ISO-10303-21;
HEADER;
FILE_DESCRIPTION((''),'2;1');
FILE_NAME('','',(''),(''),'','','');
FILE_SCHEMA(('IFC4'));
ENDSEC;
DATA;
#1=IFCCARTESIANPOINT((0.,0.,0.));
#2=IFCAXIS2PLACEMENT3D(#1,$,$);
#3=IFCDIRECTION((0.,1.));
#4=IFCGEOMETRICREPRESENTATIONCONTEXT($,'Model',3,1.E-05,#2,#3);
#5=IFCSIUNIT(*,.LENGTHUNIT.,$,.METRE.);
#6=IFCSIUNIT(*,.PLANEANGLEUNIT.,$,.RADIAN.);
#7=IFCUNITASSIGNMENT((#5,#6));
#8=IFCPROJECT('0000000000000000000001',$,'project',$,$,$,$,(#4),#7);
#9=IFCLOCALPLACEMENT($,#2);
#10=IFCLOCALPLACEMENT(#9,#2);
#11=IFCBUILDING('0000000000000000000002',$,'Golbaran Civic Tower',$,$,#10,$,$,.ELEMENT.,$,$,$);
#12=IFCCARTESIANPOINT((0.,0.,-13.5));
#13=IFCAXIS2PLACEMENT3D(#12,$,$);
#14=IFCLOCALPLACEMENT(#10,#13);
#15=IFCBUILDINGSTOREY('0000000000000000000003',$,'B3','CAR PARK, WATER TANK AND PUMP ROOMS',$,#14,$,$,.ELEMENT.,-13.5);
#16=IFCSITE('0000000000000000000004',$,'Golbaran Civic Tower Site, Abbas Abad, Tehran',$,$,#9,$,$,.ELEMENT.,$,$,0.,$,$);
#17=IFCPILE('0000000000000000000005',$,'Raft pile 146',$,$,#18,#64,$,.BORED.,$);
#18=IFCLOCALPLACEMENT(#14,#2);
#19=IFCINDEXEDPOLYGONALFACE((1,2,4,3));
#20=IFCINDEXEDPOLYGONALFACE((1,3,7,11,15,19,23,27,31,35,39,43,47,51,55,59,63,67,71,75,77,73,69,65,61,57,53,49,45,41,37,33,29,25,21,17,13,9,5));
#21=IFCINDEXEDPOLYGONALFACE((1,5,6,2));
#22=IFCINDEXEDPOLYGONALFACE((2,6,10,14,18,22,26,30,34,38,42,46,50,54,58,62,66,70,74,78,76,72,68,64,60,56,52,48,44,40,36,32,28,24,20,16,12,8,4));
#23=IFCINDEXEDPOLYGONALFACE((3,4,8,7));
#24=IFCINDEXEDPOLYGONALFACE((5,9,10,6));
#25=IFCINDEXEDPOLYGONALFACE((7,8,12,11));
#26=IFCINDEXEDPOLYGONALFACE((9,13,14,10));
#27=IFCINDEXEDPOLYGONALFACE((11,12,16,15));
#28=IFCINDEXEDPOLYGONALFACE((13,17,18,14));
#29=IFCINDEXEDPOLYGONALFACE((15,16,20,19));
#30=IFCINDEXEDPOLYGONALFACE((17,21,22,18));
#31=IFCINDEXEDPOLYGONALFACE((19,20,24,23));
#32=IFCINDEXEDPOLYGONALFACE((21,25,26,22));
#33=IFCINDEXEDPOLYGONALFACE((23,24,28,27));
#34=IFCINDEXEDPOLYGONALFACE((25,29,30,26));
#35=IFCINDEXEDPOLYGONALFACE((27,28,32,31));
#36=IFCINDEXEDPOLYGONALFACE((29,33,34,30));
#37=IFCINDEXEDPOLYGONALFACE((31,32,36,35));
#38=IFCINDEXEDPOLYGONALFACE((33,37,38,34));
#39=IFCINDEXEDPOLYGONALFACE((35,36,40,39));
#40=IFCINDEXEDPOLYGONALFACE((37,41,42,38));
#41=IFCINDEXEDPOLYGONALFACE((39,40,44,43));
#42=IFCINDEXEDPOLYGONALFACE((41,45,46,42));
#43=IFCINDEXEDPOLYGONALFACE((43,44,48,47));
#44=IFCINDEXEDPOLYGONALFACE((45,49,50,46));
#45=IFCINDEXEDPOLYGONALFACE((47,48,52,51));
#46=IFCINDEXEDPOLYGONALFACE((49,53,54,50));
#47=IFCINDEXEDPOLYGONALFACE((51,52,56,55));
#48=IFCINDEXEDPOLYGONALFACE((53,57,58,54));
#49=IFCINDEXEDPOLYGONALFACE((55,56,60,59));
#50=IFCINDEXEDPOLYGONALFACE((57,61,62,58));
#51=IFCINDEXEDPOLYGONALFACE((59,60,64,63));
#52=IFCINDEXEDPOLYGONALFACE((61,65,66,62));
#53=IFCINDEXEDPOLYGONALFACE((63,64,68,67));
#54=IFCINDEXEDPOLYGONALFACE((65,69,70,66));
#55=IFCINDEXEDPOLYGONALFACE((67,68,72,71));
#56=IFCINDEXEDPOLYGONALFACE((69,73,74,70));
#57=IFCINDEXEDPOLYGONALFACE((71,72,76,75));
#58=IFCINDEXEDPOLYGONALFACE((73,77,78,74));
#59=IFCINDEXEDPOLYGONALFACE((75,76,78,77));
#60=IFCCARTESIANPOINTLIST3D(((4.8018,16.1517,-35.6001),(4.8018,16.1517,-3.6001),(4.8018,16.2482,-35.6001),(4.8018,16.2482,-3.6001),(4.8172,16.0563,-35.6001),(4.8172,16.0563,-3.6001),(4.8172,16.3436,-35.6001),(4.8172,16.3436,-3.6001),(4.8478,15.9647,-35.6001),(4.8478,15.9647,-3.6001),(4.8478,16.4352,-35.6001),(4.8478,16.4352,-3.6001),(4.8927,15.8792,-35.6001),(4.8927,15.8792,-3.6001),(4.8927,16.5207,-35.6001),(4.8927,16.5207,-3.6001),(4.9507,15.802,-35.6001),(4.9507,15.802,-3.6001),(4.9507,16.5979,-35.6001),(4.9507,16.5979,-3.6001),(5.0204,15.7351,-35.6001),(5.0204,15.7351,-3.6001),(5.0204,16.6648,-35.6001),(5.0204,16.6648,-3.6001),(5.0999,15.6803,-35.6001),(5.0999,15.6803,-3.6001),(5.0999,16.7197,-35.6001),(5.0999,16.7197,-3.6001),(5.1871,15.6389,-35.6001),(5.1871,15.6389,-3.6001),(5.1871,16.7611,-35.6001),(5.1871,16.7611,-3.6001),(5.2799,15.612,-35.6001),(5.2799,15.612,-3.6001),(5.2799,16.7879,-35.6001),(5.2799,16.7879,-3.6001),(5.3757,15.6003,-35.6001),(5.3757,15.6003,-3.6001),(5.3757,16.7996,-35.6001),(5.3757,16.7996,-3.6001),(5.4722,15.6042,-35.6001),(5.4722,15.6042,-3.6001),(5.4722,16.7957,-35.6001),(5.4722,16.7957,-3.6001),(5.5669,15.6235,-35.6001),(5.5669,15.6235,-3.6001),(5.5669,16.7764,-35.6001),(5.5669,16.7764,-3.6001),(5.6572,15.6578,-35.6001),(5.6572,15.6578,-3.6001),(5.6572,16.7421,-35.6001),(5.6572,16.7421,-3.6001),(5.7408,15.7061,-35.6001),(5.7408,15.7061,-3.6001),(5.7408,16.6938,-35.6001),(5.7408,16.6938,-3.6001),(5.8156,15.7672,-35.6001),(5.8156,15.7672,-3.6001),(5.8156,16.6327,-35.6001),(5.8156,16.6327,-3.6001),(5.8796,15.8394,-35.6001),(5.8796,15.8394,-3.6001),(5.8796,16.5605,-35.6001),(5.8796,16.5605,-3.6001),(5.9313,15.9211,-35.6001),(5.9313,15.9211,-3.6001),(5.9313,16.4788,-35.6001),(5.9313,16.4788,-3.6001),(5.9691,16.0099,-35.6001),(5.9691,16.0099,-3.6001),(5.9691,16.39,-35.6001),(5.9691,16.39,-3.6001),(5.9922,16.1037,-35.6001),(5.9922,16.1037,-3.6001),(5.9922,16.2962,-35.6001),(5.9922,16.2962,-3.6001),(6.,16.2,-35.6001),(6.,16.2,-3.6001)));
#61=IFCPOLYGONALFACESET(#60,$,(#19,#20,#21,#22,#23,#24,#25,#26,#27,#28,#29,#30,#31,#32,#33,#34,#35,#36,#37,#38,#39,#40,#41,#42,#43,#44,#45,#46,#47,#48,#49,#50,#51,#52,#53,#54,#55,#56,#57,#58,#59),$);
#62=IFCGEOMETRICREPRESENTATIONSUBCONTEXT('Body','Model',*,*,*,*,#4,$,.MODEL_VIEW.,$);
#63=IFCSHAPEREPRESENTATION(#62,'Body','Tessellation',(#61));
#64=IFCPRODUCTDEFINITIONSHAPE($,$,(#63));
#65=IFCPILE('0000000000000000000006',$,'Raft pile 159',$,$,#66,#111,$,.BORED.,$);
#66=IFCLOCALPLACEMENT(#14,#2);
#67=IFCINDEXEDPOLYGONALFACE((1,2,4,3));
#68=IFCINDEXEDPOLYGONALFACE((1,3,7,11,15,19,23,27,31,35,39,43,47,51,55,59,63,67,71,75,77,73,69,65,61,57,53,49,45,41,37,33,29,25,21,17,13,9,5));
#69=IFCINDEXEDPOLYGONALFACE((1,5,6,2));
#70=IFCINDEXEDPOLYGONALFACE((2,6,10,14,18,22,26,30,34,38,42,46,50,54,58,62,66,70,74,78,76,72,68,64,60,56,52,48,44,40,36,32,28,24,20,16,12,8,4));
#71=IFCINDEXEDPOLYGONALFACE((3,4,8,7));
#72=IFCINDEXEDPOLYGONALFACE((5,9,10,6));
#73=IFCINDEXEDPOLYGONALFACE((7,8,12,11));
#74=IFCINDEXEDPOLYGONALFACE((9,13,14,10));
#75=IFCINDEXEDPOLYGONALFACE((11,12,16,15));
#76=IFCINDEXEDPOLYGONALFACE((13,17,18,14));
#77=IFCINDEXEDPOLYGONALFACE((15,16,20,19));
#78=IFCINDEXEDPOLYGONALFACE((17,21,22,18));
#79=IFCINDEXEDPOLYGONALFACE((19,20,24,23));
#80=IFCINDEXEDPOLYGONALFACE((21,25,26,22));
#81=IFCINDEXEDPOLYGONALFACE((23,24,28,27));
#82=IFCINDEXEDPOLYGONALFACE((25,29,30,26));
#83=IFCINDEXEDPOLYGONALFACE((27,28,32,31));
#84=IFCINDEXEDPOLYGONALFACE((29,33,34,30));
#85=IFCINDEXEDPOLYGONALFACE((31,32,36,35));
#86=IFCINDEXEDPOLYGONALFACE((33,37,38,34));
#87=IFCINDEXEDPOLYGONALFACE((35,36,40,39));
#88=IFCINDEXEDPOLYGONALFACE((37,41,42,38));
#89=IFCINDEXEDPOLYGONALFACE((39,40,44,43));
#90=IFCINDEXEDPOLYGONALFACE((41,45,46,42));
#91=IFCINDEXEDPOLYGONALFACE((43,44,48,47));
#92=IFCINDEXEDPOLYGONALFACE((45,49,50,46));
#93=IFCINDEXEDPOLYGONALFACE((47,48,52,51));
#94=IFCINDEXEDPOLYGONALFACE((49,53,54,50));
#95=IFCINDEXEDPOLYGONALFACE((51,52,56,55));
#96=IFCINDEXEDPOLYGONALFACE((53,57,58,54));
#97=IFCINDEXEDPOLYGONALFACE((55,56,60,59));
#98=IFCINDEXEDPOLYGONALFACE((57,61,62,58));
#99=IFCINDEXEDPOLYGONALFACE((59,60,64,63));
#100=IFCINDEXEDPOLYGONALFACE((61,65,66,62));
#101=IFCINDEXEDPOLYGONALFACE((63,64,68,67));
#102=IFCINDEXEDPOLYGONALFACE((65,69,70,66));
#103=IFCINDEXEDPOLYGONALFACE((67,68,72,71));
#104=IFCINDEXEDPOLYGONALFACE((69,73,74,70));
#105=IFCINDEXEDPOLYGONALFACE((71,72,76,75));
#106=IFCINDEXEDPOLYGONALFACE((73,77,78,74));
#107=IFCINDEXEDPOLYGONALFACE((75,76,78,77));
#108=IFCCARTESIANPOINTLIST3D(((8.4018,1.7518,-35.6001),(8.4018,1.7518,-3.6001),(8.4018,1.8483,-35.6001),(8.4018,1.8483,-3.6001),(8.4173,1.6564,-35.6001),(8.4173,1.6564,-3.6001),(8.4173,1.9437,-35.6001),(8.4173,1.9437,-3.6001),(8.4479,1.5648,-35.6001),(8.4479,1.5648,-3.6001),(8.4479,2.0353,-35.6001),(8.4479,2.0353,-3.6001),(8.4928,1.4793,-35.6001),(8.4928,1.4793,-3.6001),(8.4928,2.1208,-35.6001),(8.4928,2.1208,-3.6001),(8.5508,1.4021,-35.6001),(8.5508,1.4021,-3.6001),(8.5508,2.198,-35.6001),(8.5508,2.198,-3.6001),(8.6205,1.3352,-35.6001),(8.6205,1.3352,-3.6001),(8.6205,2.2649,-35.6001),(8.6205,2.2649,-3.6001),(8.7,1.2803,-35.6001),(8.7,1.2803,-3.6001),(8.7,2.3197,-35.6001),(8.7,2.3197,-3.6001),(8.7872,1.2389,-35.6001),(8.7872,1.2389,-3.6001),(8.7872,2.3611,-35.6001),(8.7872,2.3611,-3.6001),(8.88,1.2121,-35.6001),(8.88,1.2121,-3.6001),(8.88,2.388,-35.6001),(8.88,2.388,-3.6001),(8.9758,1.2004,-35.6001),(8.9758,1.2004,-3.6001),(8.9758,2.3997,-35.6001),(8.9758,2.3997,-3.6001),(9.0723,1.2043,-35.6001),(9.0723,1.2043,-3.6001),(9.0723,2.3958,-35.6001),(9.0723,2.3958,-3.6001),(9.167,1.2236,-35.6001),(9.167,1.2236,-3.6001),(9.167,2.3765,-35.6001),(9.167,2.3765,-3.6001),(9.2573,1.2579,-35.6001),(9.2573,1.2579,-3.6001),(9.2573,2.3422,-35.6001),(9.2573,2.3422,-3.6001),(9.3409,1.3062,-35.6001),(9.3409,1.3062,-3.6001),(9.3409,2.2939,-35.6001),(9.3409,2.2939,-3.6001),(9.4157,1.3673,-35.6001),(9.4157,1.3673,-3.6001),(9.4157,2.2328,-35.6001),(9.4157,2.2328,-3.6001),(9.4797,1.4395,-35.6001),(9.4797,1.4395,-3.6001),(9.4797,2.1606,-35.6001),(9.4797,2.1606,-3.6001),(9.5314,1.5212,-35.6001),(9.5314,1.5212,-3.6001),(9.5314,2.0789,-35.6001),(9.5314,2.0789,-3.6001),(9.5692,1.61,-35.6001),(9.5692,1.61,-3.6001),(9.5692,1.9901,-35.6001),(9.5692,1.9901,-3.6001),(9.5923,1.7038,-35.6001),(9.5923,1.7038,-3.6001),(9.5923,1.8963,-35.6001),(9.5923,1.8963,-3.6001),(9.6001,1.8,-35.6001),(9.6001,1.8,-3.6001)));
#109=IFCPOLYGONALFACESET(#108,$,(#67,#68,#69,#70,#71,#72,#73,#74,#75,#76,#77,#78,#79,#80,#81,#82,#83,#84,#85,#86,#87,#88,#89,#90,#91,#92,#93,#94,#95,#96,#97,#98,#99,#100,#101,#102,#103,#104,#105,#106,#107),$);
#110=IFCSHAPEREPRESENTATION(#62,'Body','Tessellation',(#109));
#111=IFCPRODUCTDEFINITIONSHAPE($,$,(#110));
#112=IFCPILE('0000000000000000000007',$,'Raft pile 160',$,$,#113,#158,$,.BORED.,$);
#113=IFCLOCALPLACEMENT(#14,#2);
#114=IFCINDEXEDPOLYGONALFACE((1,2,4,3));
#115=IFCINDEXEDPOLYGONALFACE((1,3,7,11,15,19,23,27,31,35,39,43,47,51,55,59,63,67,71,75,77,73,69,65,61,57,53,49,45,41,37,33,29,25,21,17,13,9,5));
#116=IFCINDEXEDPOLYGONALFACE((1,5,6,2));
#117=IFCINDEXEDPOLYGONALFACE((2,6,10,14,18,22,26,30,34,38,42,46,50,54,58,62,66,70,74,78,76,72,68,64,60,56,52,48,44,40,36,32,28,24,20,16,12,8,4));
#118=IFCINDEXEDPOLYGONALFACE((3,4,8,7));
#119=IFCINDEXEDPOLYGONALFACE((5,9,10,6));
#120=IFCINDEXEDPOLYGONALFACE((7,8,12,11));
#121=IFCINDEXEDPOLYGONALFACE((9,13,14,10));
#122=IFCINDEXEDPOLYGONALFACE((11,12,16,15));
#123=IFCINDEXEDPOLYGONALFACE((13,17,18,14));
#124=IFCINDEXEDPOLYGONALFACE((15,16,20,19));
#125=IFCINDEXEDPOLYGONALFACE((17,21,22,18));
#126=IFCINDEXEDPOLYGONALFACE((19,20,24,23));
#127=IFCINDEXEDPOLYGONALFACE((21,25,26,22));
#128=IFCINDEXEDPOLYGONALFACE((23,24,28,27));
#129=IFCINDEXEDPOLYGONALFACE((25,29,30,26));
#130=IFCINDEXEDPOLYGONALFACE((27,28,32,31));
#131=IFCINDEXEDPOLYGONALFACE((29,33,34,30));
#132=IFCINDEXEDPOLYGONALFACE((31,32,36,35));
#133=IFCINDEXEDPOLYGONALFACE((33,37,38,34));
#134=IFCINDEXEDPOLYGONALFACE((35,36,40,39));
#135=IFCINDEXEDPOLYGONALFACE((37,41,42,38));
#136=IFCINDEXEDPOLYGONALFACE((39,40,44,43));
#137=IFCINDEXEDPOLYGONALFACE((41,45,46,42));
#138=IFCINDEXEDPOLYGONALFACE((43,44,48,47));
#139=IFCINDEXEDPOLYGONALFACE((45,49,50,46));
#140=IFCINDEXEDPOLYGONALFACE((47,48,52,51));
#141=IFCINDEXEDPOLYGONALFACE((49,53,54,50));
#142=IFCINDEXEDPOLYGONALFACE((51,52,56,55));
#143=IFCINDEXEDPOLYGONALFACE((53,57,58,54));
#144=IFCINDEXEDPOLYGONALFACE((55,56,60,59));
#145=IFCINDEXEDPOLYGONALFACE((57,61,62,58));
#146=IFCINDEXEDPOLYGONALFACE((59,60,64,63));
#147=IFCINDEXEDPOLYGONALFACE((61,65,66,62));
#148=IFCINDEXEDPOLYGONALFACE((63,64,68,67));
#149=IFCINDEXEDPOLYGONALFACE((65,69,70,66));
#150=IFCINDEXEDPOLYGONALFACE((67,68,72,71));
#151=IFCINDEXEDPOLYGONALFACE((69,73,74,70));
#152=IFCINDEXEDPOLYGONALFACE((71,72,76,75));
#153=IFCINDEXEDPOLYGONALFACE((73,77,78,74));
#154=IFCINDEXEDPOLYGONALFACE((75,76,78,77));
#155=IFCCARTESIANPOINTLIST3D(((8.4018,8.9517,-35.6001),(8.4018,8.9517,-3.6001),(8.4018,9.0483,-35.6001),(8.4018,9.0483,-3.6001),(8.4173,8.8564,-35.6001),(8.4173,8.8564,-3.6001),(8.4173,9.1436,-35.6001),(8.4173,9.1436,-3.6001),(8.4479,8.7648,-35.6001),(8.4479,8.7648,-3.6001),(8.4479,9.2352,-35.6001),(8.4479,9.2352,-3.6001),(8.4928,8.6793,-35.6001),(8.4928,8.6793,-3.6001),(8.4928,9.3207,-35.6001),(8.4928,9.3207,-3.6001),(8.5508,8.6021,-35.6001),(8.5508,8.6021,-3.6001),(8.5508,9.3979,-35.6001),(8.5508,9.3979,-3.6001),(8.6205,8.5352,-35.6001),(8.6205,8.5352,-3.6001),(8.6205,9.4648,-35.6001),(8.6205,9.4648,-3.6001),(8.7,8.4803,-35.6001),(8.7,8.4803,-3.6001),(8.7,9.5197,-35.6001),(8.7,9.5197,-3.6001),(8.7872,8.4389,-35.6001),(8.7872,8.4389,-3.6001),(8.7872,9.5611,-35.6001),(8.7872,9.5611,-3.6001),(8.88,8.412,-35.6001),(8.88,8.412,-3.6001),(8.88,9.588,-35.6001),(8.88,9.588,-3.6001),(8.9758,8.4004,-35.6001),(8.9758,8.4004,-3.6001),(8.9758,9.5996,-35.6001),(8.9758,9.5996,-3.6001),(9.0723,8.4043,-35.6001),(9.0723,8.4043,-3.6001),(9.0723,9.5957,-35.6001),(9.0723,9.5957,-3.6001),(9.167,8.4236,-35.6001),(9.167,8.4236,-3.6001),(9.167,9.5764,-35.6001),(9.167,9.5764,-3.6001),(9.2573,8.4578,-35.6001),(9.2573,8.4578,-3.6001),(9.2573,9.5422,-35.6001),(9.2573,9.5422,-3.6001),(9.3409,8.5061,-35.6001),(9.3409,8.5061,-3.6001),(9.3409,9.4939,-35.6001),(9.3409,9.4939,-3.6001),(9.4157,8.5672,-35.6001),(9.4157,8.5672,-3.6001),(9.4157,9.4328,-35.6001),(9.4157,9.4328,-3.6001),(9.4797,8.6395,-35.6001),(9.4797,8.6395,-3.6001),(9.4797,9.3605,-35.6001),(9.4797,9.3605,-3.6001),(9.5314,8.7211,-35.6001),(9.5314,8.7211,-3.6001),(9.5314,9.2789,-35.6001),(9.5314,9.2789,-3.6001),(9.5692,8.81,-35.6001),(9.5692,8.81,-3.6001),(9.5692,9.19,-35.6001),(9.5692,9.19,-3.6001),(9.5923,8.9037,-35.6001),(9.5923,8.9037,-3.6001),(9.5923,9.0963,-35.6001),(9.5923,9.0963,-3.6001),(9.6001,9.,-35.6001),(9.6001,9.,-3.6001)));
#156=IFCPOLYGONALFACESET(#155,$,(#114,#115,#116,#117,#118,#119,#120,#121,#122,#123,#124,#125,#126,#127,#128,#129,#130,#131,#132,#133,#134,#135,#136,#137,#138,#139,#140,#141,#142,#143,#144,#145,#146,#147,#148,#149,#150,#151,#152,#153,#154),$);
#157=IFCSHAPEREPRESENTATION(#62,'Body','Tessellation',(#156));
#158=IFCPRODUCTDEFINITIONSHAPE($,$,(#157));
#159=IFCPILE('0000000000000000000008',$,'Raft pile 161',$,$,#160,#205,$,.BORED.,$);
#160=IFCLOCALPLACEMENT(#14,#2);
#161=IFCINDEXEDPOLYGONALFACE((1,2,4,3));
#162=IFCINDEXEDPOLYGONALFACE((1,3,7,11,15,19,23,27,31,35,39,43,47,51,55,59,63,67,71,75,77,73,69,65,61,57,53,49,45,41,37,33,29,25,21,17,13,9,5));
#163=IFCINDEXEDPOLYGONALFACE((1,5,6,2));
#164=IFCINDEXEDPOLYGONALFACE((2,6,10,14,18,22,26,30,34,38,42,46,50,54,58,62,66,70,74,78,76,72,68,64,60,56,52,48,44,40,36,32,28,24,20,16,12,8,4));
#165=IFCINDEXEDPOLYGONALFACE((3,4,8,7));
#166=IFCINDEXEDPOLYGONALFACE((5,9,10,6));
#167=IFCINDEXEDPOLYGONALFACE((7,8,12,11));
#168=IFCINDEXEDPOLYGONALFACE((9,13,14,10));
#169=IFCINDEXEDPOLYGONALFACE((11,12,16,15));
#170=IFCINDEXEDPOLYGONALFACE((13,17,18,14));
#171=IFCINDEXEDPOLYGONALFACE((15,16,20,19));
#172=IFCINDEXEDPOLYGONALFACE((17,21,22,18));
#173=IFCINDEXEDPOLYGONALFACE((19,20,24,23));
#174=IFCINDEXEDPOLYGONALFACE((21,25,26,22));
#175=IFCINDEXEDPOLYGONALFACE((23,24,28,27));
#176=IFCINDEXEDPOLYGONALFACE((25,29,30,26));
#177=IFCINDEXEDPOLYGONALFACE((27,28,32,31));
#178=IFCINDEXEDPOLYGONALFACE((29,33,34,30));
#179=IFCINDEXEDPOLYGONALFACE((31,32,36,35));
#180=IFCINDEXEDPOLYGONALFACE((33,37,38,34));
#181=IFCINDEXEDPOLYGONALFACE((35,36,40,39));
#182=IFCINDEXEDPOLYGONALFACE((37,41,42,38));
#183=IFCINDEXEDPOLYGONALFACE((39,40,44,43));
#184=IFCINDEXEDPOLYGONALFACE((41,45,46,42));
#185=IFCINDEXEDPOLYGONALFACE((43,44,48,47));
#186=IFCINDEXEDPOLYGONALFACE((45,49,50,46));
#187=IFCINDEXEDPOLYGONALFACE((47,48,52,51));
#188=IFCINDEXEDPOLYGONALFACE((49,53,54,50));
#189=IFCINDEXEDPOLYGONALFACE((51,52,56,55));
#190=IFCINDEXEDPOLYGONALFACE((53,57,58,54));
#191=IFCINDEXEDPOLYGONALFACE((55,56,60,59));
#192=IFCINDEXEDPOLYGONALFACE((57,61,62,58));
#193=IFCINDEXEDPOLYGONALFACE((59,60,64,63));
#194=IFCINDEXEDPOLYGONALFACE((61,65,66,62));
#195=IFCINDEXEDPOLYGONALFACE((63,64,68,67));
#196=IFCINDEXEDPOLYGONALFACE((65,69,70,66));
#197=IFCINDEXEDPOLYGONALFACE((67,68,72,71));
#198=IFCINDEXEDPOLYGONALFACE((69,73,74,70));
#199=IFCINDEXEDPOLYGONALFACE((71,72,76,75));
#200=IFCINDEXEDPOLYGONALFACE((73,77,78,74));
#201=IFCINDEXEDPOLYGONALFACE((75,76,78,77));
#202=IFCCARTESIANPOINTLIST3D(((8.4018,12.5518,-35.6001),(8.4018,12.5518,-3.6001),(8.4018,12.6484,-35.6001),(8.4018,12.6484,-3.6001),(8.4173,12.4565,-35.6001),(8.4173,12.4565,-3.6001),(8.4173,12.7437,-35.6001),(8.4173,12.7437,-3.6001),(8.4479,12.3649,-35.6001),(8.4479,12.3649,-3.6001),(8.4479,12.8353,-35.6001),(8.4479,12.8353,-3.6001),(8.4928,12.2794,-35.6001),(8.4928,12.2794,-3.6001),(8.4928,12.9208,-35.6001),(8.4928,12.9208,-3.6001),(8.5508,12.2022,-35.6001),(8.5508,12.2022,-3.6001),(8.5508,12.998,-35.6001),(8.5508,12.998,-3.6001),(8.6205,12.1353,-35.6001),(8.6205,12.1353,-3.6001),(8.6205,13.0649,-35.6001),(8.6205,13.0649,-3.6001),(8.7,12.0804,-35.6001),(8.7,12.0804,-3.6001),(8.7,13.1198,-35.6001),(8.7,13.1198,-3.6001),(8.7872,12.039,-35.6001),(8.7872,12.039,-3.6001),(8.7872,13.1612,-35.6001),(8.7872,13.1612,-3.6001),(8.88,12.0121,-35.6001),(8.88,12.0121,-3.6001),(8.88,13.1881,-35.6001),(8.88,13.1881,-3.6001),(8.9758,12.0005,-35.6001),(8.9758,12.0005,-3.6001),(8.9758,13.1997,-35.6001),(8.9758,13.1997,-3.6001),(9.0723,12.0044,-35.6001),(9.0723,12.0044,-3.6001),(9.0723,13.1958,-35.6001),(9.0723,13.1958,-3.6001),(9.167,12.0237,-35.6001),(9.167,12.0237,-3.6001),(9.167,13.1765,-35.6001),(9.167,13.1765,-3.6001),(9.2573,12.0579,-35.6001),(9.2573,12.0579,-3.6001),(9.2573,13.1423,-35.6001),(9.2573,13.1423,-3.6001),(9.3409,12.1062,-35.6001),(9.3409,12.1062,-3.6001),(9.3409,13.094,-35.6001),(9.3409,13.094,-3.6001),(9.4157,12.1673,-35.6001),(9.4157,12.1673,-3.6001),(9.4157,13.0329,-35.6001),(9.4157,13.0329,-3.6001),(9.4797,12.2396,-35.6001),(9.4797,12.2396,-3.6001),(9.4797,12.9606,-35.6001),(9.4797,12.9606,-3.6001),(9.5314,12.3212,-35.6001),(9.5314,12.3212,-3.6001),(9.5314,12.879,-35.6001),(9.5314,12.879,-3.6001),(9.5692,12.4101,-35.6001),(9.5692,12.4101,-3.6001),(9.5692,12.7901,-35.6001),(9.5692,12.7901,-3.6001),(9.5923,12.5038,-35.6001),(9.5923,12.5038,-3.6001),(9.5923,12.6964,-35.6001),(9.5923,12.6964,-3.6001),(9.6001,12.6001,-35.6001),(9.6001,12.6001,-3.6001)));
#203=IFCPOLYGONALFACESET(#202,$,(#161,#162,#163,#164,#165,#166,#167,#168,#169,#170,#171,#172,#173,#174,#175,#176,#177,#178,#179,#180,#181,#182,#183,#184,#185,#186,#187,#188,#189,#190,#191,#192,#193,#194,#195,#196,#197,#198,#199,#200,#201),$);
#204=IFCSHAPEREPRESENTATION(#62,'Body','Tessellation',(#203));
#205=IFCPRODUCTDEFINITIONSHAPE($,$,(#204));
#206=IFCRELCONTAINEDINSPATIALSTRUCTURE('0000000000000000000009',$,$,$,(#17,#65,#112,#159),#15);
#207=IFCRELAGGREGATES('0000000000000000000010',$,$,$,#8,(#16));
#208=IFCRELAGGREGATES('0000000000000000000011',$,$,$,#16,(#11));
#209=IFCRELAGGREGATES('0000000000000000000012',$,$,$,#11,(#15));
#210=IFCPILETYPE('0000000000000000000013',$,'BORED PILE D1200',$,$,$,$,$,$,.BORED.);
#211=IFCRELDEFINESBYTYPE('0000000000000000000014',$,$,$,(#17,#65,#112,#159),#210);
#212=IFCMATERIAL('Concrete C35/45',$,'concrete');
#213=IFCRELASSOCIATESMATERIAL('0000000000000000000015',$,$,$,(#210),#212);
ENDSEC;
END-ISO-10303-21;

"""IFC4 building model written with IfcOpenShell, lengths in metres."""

from ifc_helpers import new_model, si_unit, direction, frame, origin, origin_2d, place, context, subcontext, project, spatial, circle, extrude, material, material_profile, profile_set, type_object, element, save


model = new_model("IFC4")

# Units and contexts
model_context = context("Model", 3, precision=1e-05, world=origin(), true_north=direction((0.0, 1.0)))
body_context = subcontext(model_context, "Body", "Model", "MODEL_VIEW")
ifc_project = project(units=[si_unit("LENGTHUNIT", "METRE"), si_unit("PLANEANGLEUNIT", "RADIAN")], contexts=[model_context])

# Site, building, storey
site_placement = place(None, origin())
site = spatial("IfcSite", under=ifc_project, at=site_placement, Name="Golbaran Civic Tower Site, Abbas Abad, Tehran", CompositionType="ELEMENT", RefElevation=0.0)
building_placement = place(site_placement, origin())
building = spatial("IfcBuilding", under=site, at=building_placement, Name="Golbaran Civic Tower", CompositionType="ELEMENT")
storey_placement = place(building_placement, frame((0.0, 0.0, -13.5)))
storey = spatial("IfcBuildingStorey", under=building, at=storey_placement, Name="B3", Description="CAR PARK, WATER TANK AND PUMP ROOMS", CompositionType="ELEMENT", Elevation=-13.5)

# Piles
ifc_material_1 = material(Name="Concrete C35/45", Category="concrete")
ifc_material_profile_1 = material_profile(ifc_material_1, circle(Radius=0.6001, at=origin_2d()), Name="BORED PILE D1200")
ifc_profile_set_1 = profile_set([ifc_material_profile_1], Name="Concrete C35/45")
pile_type = type_object("IfcPileType", Name="BORED PILE D1200", PredefinedType="BORED", material=ifc_profile_set_1)
for number, where, z_axis, x_axis, name in (
    (1, (5.3999, 16.2, -3.6001), (0.0, 0.0, -1.0), (1.0, 0.0, 0.0), "Raft pile 146"),
    (2, (9.0, 1.8, -3.6001), (0.0, 0.0, -1.0), (1.0, 0.0, 0.0), "Raft pile 159"),
    (3, (9.0, 9.0, -3.6001), (0.0, 0.0, -1.0), (1.0, 0.0, 0.0), "Raft pile 160"),
    (4, (9.0, 12.6001, -3.6001), (0.0, 0.0, -1.0), (1.0, 0.0, 0.0), "Raft pile 161"),
):
    element("IfcPile", number, at=place(storey_placement, frame(where, z_axis=z_axis, x_axis=x_axis)), inside=storey, type_object=pile_type, Name=name, PredefinedType="BORED", context=body_context, shape_type="SweptSolid", body=[
        extrude(circle(Radius=0.6001, at=origin_2d()), origin(), (0.0, 0.0, 1.0), 32.0),
    ])

save(model, "model.ifc")
